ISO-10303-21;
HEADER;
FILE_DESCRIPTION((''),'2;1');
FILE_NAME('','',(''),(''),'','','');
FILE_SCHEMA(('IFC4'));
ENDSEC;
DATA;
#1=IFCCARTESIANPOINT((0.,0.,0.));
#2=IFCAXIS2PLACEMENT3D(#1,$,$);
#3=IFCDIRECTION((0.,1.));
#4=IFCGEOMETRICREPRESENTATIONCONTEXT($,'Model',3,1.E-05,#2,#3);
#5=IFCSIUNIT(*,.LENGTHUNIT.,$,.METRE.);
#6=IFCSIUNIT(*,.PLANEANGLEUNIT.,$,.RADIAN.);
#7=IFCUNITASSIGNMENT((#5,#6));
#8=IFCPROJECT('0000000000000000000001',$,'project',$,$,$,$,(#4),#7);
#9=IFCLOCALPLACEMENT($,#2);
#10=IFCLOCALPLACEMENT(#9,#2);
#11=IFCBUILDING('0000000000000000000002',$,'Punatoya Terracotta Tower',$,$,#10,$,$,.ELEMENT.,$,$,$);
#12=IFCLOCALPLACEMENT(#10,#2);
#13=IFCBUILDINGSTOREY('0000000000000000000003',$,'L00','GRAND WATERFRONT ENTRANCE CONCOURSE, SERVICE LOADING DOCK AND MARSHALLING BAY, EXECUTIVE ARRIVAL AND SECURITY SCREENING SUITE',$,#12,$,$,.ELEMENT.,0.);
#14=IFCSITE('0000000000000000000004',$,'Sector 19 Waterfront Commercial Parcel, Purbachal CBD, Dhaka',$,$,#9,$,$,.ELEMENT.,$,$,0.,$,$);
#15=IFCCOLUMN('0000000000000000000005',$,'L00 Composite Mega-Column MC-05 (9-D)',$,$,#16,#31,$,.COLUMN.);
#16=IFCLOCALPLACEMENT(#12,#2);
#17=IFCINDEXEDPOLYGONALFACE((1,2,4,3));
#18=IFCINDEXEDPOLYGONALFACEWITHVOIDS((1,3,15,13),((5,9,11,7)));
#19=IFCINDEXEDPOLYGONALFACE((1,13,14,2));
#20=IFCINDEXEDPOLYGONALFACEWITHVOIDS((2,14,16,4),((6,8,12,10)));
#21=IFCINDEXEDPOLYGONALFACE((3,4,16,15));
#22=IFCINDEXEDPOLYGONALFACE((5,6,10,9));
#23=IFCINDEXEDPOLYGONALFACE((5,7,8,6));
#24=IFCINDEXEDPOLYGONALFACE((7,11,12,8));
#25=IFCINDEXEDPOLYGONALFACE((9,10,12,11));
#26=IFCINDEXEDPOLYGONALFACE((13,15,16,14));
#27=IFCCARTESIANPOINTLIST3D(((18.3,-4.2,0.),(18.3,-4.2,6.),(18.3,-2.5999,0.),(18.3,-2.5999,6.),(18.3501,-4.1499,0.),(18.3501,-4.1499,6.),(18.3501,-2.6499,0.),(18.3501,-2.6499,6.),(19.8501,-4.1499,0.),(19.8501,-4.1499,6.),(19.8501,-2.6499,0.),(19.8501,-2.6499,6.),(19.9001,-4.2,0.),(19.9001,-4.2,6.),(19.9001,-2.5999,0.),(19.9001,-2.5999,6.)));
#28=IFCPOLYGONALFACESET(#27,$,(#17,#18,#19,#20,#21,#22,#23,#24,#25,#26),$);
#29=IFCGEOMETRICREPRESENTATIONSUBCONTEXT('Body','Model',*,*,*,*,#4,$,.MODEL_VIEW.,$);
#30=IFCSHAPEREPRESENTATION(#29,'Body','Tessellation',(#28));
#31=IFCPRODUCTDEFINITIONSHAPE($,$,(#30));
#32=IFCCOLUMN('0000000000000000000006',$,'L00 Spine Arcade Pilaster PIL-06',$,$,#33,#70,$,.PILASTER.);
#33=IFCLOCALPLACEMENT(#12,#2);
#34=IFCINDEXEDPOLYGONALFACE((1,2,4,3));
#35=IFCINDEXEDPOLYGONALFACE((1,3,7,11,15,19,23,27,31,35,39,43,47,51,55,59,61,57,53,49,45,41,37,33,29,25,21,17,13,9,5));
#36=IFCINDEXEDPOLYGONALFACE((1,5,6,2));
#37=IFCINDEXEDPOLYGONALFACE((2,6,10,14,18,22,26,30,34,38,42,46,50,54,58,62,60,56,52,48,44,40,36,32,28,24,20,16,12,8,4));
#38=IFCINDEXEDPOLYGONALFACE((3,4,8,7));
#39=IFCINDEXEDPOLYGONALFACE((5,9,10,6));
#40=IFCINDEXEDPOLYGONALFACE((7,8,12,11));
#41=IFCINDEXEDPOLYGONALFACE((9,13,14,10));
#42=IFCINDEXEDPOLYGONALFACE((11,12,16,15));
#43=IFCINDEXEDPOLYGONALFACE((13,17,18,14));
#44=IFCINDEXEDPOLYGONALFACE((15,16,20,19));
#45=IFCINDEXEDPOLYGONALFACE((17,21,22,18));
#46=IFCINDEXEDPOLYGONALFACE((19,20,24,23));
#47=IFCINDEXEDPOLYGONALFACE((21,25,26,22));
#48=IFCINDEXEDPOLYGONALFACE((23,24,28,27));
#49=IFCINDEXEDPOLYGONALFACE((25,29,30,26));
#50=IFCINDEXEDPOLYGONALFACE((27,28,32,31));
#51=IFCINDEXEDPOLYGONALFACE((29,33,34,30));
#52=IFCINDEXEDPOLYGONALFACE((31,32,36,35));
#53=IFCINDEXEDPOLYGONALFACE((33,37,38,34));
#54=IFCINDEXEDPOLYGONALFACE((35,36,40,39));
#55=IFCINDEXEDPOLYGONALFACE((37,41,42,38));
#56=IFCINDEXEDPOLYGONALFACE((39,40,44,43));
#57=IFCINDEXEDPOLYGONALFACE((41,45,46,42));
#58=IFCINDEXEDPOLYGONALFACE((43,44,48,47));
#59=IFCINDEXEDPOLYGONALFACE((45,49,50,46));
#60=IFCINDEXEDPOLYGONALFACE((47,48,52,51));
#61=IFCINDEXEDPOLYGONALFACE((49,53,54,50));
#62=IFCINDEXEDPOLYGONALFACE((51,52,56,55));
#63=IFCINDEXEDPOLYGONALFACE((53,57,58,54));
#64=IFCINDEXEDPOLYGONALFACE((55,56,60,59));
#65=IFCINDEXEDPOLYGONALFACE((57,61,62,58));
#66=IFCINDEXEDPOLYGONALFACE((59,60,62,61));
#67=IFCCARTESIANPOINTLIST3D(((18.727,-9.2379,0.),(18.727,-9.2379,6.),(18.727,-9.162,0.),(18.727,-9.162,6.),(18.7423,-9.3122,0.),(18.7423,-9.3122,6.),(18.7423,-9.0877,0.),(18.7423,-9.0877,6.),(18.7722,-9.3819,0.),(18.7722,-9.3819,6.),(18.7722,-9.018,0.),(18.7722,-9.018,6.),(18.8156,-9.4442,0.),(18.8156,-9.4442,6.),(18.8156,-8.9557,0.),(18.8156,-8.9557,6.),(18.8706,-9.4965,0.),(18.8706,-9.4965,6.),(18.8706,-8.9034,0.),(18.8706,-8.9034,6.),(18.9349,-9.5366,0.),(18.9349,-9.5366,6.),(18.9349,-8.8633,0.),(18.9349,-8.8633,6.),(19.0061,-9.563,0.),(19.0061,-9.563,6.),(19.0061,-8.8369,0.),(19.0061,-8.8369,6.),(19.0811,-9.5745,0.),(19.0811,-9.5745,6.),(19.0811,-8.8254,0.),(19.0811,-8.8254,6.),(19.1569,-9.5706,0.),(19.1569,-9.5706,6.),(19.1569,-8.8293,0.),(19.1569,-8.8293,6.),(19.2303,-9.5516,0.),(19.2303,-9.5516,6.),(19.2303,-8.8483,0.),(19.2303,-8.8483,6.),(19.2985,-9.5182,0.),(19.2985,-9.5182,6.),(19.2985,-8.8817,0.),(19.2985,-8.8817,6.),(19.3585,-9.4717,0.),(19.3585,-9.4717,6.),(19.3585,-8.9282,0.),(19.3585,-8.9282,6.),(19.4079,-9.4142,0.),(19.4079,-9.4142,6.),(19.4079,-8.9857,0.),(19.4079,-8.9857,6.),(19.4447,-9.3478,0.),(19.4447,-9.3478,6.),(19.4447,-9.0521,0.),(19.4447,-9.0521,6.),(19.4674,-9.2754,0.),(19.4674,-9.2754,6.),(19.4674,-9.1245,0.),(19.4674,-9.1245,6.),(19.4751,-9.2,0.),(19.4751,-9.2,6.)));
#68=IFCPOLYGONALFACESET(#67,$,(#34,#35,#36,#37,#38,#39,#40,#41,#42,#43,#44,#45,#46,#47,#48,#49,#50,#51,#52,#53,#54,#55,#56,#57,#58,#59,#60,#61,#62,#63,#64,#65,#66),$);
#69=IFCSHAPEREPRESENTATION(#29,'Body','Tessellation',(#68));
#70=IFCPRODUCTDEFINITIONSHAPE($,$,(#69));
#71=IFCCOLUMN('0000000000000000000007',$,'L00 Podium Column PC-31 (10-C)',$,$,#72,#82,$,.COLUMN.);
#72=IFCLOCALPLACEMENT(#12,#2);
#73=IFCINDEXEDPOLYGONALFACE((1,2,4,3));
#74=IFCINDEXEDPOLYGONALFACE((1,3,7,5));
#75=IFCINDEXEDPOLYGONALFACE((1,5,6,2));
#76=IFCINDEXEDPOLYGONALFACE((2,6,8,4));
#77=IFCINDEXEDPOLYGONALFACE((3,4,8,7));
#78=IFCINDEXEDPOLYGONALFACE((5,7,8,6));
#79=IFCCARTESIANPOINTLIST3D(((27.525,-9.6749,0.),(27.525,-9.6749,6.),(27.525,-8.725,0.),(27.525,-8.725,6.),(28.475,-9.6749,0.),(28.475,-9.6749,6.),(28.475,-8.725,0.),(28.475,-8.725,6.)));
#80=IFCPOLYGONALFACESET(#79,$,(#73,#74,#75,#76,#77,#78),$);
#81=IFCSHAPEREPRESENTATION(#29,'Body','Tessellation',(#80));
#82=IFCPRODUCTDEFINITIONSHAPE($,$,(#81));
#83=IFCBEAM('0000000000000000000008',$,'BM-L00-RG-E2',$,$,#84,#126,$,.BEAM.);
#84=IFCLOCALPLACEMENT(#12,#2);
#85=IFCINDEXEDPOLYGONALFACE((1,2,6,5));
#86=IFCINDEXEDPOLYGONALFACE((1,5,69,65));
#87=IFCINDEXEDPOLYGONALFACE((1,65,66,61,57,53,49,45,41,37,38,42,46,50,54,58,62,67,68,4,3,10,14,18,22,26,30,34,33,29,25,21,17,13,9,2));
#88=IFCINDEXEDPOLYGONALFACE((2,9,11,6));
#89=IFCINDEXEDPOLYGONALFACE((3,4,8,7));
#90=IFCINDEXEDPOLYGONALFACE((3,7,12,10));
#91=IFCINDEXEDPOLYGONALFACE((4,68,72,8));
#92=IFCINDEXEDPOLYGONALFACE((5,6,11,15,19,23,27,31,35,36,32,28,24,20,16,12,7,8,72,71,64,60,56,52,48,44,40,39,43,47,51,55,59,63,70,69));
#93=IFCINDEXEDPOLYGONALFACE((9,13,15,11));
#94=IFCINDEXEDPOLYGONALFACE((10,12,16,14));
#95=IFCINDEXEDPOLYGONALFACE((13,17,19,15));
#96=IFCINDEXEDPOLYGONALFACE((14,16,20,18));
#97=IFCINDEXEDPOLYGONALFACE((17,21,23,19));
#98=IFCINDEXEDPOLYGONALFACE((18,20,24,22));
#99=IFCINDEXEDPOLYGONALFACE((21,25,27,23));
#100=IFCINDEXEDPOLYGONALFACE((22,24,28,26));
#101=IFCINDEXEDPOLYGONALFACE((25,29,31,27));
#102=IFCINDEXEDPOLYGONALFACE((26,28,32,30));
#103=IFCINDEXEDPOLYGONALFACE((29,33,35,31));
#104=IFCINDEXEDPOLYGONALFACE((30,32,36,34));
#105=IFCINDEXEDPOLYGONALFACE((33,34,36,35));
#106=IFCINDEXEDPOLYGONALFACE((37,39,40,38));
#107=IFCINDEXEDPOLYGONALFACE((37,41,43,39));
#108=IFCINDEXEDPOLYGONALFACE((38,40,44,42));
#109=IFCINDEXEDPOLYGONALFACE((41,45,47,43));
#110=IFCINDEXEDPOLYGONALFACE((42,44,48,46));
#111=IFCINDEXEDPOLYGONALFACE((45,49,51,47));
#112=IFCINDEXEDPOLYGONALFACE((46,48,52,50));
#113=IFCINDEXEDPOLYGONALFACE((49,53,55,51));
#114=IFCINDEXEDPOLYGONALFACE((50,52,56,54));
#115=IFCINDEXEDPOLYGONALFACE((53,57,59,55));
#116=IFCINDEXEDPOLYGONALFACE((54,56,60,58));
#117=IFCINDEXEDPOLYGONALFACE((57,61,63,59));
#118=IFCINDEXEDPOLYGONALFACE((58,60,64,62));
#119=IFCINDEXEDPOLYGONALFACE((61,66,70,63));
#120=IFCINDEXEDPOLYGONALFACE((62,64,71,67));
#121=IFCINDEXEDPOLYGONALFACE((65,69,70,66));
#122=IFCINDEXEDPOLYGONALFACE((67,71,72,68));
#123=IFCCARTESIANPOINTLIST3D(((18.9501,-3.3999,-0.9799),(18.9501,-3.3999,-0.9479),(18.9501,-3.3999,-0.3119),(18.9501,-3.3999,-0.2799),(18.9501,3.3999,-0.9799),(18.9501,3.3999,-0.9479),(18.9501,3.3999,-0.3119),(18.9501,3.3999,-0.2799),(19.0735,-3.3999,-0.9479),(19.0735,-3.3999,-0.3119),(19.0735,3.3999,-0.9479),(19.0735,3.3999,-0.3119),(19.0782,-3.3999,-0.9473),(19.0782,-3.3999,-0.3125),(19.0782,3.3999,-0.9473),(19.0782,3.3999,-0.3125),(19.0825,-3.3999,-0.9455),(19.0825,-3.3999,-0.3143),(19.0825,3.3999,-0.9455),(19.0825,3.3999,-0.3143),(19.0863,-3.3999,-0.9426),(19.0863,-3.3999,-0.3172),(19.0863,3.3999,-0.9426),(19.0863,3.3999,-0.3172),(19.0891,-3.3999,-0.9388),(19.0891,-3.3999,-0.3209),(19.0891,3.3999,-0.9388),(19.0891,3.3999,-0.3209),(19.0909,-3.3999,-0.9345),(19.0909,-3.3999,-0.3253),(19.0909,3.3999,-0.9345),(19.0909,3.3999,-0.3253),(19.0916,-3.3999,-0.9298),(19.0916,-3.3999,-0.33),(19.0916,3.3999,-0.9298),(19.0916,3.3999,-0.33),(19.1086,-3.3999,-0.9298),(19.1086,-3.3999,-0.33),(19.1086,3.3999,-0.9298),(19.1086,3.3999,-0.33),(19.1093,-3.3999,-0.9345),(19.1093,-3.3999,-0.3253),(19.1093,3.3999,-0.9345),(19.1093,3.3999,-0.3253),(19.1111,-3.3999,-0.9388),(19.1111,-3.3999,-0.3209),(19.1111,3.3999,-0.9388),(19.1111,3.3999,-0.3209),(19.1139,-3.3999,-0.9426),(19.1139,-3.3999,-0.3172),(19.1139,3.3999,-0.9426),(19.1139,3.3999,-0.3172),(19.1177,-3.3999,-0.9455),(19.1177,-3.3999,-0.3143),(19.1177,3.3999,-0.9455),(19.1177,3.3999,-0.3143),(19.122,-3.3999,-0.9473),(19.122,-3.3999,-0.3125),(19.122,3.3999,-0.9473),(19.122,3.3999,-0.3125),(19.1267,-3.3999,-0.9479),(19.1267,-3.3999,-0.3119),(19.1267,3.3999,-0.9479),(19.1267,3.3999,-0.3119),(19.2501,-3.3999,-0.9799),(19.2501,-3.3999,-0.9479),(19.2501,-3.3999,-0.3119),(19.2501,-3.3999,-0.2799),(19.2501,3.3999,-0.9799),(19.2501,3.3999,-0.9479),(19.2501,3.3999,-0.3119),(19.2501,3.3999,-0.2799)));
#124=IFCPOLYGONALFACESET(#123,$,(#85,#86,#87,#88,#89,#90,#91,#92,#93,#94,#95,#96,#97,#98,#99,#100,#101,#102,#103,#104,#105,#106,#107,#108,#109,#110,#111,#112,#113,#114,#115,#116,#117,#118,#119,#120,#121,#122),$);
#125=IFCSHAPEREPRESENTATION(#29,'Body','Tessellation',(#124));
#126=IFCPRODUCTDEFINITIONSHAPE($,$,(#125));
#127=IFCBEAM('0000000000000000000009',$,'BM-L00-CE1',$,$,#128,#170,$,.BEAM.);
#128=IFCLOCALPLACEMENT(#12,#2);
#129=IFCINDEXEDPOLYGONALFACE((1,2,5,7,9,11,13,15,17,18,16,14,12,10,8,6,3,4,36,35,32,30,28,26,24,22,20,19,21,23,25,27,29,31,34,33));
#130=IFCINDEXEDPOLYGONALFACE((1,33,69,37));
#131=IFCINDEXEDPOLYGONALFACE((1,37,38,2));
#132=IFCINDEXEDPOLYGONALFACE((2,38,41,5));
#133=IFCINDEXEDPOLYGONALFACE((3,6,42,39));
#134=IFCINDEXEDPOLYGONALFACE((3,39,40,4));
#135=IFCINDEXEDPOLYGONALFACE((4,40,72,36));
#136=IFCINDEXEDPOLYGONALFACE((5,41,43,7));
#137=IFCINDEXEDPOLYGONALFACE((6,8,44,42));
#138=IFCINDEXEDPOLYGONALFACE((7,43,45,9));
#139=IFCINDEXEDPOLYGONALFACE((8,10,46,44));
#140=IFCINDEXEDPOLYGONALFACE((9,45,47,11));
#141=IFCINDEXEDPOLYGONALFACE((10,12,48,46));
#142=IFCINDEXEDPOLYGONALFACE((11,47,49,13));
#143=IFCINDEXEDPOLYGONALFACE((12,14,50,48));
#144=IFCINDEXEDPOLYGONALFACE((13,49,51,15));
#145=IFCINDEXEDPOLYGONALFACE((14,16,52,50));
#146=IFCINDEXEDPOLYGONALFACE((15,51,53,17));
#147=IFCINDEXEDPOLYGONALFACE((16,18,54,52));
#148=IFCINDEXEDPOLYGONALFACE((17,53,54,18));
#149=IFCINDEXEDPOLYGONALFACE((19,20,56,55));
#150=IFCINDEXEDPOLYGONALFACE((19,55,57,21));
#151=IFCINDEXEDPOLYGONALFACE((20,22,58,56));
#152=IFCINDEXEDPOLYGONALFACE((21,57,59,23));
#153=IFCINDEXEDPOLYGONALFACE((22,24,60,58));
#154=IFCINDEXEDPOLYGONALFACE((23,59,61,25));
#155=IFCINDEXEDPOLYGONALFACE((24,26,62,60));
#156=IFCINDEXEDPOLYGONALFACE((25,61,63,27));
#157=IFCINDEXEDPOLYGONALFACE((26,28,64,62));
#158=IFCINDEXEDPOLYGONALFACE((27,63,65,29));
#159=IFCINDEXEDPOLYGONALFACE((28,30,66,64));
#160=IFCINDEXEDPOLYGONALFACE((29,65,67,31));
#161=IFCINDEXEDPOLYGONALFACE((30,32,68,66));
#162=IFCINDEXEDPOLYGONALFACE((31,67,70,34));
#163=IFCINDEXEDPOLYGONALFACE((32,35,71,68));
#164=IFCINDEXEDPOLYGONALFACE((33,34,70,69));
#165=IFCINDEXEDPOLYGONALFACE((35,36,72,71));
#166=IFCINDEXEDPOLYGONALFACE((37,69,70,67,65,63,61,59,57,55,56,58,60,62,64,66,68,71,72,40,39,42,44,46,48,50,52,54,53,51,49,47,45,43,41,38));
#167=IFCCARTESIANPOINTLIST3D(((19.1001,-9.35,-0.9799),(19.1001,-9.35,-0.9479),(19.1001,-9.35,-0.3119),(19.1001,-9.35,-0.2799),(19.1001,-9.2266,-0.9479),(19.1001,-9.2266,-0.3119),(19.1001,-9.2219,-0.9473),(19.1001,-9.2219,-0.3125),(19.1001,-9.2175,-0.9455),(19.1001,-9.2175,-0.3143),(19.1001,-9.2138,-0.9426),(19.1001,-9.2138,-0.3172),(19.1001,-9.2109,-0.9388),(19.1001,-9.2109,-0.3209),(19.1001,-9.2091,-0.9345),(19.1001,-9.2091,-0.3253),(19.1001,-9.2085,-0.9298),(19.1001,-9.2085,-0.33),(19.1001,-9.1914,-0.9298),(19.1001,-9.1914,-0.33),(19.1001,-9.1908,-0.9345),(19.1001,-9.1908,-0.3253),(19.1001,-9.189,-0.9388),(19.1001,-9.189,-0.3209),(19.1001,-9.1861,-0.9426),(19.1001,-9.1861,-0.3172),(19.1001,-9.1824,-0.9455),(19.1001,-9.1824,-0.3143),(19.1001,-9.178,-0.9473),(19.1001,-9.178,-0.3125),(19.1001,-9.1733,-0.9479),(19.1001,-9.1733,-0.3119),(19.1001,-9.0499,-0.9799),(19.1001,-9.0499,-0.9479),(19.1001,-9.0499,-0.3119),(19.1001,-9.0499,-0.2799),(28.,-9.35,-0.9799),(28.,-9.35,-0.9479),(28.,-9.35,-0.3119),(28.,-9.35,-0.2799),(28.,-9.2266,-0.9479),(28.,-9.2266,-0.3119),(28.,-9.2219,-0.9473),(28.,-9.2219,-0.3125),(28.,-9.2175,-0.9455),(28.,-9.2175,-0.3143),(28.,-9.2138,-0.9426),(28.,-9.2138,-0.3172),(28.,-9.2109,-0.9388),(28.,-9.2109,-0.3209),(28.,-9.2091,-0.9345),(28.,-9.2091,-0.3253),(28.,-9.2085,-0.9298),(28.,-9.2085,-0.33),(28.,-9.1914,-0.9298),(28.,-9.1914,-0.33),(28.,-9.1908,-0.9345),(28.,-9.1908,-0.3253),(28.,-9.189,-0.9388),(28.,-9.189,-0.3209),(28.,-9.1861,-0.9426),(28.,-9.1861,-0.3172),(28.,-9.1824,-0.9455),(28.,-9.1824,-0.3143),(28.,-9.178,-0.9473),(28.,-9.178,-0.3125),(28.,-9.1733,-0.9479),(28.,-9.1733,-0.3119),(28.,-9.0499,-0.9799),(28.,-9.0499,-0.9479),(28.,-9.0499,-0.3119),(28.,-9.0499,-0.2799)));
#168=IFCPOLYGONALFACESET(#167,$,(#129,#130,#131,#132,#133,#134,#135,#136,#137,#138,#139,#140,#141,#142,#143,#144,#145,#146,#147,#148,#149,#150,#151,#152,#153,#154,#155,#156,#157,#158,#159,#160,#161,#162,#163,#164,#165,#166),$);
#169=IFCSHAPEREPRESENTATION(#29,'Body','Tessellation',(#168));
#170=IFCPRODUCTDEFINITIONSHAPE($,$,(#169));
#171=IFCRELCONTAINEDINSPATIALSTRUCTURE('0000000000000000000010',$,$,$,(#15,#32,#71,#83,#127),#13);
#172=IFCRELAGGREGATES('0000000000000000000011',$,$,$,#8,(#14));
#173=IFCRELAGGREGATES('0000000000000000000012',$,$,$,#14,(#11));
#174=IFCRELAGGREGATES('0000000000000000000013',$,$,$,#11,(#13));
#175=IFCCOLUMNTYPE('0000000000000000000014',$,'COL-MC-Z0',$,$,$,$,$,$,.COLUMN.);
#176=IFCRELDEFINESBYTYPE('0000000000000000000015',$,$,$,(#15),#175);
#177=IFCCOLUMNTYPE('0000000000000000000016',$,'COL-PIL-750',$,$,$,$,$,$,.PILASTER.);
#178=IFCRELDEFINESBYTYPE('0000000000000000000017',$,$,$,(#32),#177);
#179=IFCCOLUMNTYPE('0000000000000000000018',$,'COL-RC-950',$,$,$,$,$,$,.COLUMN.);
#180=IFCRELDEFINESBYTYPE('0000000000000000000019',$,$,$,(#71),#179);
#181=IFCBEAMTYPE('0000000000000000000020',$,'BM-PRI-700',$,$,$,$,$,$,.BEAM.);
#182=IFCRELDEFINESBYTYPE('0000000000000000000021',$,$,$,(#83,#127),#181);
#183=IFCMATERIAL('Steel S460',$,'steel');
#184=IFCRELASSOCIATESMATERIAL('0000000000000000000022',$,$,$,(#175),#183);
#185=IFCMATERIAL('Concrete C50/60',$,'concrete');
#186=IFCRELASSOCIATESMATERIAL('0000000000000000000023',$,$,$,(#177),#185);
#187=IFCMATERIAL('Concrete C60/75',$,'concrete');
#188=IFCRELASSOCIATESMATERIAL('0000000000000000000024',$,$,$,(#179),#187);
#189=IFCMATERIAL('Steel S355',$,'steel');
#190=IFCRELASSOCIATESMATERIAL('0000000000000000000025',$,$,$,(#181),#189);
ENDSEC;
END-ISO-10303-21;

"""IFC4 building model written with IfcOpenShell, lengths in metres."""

from ifc_helpers import new_model, si_unit, direction, frame, origin, origin_2d, place, context, subcontext, project, spatial, rectangle, hollow_rectangle, circle, i_section, extrude, material, material_profile, profile_set, type_object, element, save


model = new_model("IFC4")

# Units and contexts
model_context = context("Model", 3, precision=1e-05, world=origin(), true_north=direction((0.0, 1.0)))
body_context = subcontext(model_context, "Body", "Model", "MODEL_VIEW")
ifc_project = project(units=[si_unit("LENGTHUNIT", "METRE"), si_unit("PLANEANGLEUNIT", "RADIAN")], contexts=[model_context])

# Site, building, storey
site_placement = place(None, origin())
site = spatial("IfcSite", under=ifc_project, at=site_placement, Name="Sector 19 Waterfront Commercial Parcel, Purbachal CBD, Dhaka", CompositionType="ELEMENT", RefElevation=0.0)
building_placement = place(site_placement, origin())
building = spatial("IfcBuilding", under=site, at=building_placement, Name="Punatoya Terracotta Tower", CompositionType="ELEMENT")
storey_placement = place(building_placement, origin())
storey = spatial("IfcBuildingStorey", under=building, at=storey_placement, Name="L00", Description="GRAND WATERFRONT ENTRANCE CONCOURSE, SERVICE LOADING DOCK AND MARSHALLING BAY, EXECUTIVE ARRIVAL AND SECURITY SCREENING SUITE", CompositionType="ELEMENT", Elevation=0.0)

# Columns
ifc_material_1 = material(Name="Steel S460", Category="steel")
ifc_material_profile_1 = material_profile(ifc_material_1, hollow_rectangle(XDim=1.6001, YDim=1.6001, WallThickness=0.05, at=origin_2d()))
ifc_profile_set_1 = profile_set([ifc_material_profile_1], Name="Steel S460")
column_type_1 = type_object("IfcColumnType", Name="COL-MC-Z0", PredefinedType="COLUMN", material=ifc_profile_set_1)
column_1_placement = place(storey_placement, frame((19.1001, -3.3999, 0.0), z_axis=(0.0, 0.0, 1.0), x_axis=(1.0, 0.0, 0.0)))
element("IfcColumn", 1, at=column_1_placement, inside=storey, type_object=column_type_1, Name="L00 Composite Mega-Column MC-05 (9-D)", PredefinedType="COLUMN", context=body_context, shape_type="SweptSolid", body=[
    extrude(hollow_rectangle(XDim=1.6001, YDim=1.6001, WallThickness=0.05, at=origin_2d()), origin(), (0.0, 0.0, 1.0), 6.0),
])
ifc_material_2 = material(Name="Concrete C50/60", Category="concrete")
ifc_material_profile_2 = material_profile(ifc_material_2, circle(Radius=0.375, at=origin_2d()))
ifc_profile_set_2 = profile_set([ifc_material_profile_2], Name="Concrete C50/60")
column_type_2 = type_object("IfcColumnType", Name="COL-PIL-750", PredefinedType="PILASTER", material=ifc_profile_set_2)
column_2_placement = place(storey_placement, frame((19.1001, -9.2, 0.0), z_axis=(0.0, 0.0, 1.0), x_axis=(1.0, 0.0, 0.0)))
element("IfcColumn", 2, at=column_2_placement, inside=storey, type_object=column_type_2, Name="L00 Spine Arcade Pilaster PIL-06", PredefinedType="PILASTER", context=body_context, shape_type="SweptSolid", body=[
    extrude(circle(Radius=0.375, at=origin_2d()), origin(), (0.0, 0.0, 1.0), 6.0),
])
ifc_material_3 = material(Name="Concrete C60/75", Category="concrete")
ifc_material_profile_3 = material_profile(ifc_material_3, rectangle(XDim=0.95, YDim=0.95, at=origin_2d()))
ifc_profile_set_3 = profile_set([ifc_material_profile_3], Name="Concrete C60/75")
column_type_3 = type_object("IfcColumnType", Name="COL-RC-950", PredefinedType="COLUMN", material=ifc_profile_set_3)
column_3_placement = place(storey_placement, frame((28.0, -9.2, 0.0), z_axis=(0.0, 0.0, 1.0), x_axis=(1.0, 0.0, 0.0)))
element("IfcColumn", 3, at=column_3_placement, inside=storey, type_object=column_type_3, Name="L00 Podium Column PC-31 (10-C)", PredefinedType="COLUMN", context=body_context, shape_type="SweptSolid", body=[
    extrude(rectangle(XDim=0.95, YDim=0.95, at=origin_2d()), origin(), (0.0, 0.0, 1.0), 6.0),
])

# Beams
ifc_material_4 = material(Name="Steel S355", Category="steel")
ifc_material_profile_4 = material_profile(ifc_material_4, i_section(OverallWidth=0.3, OverallDepth=0.7, WebThickness=0.0171, FlangeThickness=0.032, FilletRadius=0.0181, at=origin_2d()))
ifc_profile_set_4 = profile_set([ifc_material_profile_4], Name="Steel S355")
beam_type_1 = type_object("IfcBeamType", Name="BM-PRI-700", PredefinedType="BEAM", material=ifc_profile_set_4)
beam_1_placement = place(storey_placement, frame((19.1001, -3.3999, -0.6299), z_axis=(0.0, 1.0, 0.0), x_axis=(-1.0, 0.0, 0.0)))
element("IfcBeam", 4, at=beam_1_placement, inside=storey, type_object=beam_type_1, Name="BM-L00-RG-E2", PredefinedType="BEAM", context=body_context, shape_type="SweptSolid", body=[
    extrude(i_section(OverallWidth=0.3, OverallDepth=0.7, WebThickness=0.0171, FlangeThickness=0.032, FilletRadius=0.0181, at=origin_2d()), origin(), (0.0, 0.0, 1.0), 6.7998),
])
beam_2_placement = place(storey_placement, frame((19.1001, -9.2, -0.6299), z_axis=(1.0, 0.0, 0.0), x_axis=(0.0, 1.0, 0.0)))
element("IfcBeam", 5, at=beam_2_placement, inside=storey, type_object=beam_type_1, Name="BM-L00-CE1", PredefinedType="BEAM", context=body_context, shape_type="SweptSolid", body=[
    extrude(i_section(OverallWidth=0.3, OverallDepth=0.7, WebThickness=0.0171, FlangeThickness=0.032, FilletRadius=0.0181, at=origin_2d()), origin(), (0.0, 0.0, 1.0), 8.8999),
])

save(model, "model.ifc")
